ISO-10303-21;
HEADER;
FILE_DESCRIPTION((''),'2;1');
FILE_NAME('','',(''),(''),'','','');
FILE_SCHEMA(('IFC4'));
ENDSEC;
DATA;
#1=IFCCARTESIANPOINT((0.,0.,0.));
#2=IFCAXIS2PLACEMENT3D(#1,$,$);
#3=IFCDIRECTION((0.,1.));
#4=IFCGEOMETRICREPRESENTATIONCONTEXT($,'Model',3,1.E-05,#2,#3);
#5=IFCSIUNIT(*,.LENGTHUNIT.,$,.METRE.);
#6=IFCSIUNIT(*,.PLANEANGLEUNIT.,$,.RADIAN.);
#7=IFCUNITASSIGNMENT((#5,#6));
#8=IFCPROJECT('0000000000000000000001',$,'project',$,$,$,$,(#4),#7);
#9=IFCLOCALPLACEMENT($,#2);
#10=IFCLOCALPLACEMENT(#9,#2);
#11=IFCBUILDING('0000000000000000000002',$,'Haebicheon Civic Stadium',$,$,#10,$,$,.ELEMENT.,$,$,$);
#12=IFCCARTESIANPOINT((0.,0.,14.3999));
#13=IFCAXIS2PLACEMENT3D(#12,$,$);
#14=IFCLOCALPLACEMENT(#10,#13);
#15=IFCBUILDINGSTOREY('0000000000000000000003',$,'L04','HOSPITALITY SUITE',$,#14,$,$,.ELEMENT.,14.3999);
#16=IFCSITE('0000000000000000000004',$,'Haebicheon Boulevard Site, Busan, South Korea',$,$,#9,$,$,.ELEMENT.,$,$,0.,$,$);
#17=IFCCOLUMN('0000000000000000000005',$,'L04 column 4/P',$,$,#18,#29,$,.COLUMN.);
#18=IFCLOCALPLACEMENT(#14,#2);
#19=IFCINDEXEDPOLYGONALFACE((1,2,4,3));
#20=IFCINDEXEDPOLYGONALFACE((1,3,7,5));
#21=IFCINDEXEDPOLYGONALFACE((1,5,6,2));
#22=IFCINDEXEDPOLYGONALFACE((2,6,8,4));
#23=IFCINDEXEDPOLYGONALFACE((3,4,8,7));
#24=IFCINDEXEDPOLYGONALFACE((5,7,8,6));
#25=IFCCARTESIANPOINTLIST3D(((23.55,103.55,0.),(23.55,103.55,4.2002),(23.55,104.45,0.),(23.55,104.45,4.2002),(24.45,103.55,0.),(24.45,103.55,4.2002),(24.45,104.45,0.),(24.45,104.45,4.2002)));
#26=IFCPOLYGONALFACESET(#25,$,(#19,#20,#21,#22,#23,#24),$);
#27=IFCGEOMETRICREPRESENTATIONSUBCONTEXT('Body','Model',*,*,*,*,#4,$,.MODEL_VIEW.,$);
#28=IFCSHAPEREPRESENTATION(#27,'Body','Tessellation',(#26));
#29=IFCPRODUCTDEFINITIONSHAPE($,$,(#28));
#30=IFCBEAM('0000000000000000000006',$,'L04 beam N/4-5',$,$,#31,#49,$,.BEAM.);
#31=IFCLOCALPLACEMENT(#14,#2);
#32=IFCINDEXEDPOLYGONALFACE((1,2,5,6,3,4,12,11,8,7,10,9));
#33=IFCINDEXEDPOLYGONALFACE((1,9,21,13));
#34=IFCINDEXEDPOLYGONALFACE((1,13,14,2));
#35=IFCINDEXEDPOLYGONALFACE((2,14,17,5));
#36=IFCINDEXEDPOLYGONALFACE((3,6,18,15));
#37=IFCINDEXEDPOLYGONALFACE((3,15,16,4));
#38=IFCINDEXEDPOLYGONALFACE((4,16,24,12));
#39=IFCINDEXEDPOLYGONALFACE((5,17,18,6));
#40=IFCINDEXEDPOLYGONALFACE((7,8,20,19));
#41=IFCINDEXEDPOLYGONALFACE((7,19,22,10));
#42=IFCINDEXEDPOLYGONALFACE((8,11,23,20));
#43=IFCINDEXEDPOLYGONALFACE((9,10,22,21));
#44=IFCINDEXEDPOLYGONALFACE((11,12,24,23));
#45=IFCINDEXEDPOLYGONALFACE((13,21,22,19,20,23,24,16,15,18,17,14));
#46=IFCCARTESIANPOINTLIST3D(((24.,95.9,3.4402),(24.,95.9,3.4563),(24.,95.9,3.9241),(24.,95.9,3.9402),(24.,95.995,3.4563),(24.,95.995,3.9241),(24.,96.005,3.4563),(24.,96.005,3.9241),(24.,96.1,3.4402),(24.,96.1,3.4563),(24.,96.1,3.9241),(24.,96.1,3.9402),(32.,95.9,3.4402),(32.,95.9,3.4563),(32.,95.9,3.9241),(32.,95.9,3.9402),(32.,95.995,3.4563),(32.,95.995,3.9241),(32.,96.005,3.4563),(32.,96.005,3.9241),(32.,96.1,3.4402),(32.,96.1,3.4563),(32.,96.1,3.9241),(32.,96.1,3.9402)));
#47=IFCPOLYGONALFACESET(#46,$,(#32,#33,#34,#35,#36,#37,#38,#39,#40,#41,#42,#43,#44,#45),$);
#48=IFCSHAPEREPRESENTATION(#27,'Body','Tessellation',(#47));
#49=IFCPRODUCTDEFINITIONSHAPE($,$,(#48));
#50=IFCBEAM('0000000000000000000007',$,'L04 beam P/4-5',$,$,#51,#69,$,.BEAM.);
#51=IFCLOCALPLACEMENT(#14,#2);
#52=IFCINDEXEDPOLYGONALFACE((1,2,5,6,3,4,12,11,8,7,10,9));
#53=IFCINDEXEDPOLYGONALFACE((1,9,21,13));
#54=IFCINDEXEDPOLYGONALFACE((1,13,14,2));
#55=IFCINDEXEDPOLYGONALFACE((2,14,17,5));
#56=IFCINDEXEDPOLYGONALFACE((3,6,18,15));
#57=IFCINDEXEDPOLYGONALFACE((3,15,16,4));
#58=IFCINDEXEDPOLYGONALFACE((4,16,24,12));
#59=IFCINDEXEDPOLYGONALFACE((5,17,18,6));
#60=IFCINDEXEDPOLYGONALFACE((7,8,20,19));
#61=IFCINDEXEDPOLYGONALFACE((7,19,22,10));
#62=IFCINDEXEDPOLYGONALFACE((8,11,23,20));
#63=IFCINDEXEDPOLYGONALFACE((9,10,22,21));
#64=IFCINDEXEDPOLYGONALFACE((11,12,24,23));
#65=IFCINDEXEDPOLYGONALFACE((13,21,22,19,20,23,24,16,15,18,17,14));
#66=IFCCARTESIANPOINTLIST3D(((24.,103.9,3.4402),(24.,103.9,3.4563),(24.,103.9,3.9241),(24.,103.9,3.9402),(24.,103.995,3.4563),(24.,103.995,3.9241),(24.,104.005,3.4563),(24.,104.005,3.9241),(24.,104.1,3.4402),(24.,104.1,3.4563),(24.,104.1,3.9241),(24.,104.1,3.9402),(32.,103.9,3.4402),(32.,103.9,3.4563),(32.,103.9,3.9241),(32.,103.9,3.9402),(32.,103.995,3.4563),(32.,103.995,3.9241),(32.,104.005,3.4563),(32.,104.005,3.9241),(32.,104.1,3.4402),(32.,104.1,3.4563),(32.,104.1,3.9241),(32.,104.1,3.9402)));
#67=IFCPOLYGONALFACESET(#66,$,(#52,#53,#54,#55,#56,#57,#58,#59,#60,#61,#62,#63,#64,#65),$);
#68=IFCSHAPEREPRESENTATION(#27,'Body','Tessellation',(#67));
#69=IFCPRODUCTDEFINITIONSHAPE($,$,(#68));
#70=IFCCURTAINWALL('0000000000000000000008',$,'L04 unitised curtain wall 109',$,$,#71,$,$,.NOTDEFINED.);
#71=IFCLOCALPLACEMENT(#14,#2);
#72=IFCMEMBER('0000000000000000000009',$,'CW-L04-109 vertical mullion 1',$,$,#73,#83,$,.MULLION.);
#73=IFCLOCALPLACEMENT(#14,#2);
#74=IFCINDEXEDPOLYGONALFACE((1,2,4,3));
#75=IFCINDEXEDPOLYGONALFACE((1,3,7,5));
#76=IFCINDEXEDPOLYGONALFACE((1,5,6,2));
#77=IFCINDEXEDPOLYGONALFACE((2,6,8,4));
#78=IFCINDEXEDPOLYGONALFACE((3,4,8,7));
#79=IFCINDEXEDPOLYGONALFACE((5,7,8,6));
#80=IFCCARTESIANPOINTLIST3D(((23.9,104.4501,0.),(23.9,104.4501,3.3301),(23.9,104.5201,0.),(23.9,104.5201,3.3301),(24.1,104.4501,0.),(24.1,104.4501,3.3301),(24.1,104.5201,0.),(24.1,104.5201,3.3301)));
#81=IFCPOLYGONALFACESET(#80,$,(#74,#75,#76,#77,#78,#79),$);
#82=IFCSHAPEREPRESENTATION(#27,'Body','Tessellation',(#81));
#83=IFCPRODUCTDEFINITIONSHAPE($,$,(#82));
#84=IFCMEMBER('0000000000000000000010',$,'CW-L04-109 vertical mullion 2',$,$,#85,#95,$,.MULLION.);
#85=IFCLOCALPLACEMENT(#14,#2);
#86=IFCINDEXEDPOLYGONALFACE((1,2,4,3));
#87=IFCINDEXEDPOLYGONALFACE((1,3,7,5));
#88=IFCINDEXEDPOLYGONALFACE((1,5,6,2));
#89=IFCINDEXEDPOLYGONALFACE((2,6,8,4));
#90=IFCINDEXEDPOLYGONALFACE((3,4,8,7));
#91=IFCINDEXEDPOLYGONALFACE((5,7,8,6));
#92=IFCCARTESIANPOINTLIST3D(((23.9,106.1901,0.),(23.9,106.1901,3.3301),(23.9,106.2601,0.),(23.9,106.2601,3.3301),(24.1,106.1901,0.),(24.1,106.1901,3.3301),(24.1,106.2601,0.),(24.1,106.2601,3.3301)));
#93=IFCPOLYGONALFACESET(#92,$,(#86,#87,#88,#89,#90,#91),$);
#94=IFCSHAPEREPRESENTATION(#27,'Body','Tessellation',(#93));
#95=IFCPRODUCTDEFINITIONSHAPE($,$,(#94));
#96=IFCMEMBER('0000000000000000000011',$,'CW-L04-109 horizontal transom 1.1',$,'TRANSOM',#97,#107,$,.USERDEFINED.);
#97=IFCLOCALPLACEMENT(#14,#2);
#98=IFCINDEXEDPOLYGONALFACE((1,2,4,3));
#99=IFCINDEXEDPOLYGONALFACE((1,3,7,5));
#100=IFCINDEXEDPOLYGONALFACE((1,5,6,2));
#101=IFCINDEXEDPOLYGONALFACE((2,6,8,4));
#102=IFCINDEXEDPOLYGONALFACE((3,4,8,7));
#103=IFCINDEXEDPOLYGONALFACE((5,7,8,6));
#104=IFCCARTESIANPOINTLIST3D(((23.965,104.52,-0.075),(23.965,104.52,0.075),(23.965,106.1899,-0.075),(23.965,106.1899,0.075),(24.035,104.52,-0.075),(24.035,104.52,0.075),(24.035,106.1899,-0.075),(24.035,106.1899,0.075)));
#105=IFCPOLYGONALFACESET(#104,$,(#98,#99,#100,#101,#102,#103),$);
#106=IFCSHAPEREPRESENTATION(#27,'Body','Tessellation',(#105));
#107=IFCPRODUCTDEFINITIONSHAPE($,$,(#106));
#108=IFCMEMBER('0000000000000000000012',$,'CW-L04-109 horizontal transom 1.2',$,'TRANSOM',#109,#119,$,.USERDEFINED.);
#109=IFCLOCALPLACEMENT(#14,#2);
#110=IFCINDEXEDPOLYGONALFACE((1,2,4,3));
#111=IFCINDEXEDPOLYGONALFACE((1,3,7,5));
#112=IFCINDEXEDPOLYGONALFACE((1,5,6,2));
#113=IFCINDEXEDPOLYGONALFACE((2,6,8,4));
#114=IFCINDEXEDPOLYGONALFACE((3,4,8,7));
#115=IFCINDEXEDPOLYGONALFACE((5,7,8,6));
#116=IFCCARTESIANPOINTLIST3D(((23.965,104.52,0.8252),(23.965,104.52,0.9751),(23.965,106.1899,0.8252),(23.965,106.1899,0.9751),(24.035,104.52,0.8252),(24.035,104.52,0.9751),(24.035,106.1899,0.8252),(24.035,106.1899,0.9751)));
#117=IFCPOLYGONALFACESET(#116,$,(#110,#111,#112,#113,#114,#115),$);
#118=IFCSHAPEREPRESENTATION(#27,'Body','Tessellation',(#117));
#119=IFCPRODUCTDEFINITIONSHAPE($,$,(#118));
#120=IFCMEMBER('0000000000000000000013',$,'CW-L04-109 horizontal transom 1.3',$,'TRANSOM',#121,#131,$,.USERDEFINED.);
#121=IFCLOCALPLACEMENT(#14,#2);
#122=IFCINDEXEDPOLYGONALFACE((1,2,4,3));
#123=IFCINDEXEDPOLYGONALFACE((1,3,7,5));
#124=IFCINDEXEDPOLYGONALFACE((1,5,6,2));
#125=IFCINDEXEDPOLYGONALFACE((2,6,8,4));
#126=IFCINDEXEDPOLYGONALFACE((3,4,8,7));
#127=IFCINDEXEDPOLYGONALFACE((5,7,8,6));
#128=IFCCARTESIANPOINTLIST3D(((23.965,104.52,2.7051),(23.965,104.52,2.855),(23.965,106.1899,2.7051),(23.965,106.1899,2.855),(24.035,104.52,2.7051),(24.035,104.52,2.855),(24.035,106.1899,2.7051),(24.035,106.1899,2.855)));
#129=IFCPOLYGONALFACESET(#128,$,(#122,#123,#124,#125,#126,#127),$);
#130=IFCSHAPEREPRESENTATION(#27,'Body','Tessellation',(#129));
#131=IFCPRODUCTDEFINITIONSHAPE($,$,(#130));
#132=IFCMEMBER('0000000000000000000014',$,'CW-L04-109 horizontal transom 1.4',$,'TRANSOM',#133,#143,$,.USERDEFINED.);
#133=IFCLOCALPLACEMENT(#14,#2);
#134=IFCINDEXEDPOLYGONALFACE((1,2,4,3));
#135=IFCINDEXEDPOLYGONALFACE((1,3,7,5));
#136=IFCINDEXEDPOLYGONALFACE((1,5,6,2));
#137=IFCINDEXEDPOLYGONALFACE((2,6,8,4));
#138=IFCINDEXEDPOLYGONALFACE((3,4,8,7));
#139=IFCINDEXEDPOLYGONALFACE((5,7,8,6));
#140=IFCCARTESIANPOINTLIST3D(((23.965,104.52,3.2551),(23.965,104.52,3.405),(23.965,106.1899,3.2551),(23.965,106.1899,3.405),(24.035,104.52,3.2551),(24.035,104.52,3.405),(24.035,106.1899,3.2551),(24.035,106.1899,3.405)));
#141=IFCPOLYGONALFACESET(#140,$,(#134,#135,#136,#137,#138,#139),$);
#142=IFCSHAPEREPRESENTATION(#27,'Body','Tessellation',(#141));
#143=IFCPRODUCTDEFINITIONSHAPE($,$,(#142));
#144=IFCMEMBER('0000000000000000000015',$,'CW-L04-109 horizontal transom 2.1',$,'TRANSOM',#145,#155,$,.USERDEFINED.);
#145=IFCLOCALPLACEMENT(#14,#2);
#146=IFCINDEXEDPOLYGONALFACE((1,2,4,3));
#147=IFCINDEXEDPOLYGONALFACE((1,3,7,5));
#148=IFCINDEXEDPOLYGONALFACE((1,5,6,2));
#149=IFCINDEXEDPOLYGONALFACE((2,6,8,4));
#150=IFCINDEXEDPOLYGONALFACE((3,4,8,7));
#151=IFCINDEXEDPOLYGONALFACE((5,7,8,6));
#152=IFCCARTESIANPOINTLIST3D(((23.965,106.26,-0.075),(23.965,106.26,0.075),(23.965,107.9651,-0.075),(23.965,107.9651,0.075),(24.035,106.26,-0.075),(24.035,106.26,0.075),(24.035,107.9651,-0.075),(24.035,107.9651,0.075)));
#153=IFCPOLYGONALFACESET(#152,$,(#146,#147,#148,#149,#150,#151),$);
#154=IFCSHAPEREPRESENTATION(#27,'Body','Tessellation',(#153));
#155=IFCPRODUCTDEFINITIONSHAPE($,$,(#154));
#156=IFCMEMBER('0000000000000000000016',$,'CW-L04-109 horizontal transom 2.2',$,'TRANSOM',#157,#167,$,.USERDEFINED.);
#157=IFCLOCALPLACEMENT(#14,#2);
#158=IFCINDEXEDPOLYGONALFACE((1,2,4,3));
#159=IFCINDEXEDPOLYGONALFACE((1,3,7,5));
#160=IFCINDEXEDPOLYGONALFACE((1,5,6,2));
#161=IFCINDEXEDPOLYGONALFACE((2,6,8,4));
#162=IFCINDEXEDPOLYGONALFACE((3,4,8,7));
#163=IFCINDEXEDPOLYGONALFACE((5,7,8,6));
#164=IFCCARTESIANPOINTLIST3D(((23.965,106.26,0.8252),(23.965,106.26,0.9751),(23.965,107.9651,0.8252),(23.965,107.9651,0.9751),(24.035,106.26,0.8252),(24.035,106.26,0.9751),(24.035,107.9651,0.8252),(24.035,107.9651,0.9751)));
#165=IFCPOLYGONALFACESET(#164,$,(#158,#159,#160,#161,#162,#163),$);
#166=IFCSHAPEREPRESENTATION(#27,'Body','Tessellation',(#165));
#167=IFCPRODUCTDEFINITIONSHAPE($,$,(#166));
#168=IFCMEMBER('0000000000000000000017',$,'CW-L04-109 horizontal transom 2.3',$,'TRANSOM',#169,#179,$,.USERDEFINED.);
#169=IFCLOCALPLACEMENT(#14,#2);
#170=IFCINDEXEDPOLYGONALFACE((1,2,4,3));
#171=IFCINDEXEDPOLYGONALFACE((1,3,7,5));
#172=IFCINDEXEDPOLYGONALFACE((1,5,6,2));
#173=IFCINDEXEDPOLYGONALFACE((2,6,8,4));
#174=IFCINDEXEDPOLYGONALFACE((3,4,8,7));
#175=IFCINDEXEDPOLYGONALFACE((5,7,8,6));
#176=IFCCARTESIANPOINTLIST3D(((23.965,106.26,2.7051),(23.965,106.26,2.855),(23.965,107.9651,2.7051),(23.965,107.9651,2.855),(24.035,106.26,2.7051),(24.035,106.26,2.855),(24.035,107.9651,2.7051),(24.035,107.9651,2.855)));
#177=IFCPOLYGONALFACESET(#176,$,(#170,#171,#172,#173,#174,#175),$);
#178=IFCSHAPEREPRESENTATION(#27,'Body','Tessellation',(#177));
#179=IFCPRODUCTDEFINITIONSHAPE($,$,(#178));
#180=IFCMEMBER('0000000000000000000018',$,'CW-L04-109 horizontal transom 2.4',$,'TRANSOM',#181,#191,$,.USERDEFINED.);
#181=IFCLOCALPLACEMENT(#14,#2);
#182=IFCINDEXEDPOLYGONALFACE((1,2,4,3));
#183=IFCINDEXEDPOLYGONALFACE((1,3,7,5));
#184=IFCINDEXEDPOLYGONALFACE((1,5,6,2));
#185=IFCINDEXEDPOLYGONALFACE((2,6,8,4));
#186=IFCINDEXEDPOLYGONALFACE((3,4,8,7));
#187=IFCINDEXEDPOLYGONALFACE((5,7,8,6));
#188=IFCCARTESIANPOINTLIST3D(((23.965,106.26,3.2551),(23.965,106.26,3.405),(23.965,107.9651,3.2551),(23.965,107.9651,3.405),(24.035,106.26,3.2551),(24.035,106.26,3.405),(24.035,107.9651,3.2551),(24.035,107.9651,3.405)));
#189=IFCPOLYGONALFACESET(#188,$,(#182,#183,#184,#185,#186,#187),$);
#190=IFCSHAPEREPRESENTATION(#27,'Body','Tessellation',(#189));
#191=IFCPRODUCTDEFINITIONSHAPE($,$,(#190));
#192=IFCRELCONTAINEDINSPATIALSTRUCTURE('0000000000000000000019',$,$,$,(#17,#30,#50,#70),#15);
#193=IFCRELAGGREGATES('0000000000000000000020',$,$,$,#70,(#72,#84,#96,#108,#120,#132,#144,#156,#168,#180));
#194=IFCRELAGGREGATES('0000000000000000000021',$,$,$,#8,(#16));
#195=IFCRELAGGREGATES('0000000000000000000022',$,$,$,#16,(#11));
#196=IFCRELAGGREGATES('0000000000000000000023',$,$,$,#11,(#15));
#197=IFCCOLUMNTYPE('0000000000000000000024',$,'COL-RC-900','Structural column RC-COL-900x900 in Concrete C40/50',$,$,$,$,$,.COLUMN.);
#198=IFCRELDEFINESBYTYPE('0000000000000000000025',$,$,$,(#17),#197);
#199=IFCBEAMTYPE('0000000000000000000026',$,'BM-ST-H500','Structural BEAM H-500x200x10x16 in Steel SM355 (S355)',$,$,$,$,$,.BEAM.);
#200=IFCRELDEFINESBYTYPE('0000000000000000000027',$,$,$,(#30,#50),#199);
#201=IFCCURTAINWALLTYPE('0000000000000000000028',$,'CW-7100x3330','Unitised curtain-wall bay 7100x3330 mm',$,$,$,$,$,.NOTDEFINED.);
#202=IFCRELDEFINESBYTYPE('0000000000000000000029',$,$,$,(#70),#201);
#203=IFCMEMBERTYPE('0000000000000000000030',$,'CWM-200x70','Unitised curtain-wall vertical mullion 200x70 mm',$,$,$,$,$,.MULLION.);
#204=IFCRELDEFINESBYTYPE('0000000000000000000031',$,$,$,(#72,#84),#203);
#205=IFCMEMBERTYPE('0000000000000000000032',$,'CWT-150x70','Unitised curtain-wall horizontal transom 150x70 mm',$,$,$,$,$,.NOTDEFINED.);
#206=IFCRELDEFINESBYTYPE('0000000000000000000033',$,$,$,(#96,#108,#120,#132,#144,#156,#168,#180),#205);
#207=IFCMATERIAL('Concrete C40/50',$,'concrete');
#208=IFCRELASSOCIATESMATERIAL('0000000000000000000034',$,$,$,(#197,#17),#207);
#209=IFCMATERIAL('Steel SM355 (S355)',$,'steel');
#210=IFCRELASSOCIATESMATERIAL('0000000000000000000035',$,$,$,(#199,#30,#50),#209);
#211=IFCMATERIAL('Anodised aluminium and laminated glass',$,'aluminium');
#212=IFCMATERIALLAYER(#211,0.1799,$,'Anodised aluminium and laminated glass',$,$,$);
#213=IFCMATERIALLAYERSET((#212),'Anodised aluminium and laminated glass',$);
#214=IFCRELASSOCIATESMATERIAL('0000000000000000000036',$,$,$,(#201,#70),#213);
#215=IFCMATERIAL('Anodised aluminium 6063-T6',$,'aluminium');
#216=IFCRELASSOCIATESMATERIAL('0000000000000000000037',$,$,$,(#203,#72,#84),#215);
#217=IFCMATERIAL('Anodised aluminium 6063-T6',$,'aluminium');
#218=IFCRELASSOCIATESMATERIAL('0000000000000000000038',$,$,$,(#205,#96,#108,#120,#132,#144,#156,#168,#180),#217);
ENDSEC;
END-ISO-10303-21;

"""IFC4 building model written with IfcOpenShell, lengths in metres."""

from ifc_helpers import new_model, si_unit, direction, frame, origin, origin_2d, place, context, subcontext, project, spatial, rectangle, i_section, extrude, material, layer, layer_set, material_profile, profile_set, type_object, element, aggregate, save


model = new_model("IFC4")

# Units and contexts
model_context = context("Model", 3, precision=1e-05, world=origin(), true_north=direction((0.0, 1.0)))
body_context = subcontext(model_context, "Body", "Model", "MODEL_VIEW")
ifc_project = project(units=[si_unit("LENGTHUNIT", "METRE"), si_unit("PLANEANGLEUNIT", "RADIAN")], contexts=[model_context])

# Site, building, storey
site_placement = place(None, origin())
site = spatial("IfcSite", under=ifc_project, at=site_placement, Name="Haebicheon Boulevard Site, Busan, South Korea", CompositionType="ELEMENT", RefElevation=0.0)
building_placement = place(site_placement, origin())
building = spatial("IfcBuilding", under=site, at=building_placement, Name="Haebicheon Civic Stadium", CompositionType="ELEMENT")
storey_placement = place(building_placement, frame((0.0, 0.0, 14.3999)))
storey = spatial("IfcBuildingStorey", under=building, at=storey_placement, Name="L04", Description="HOSPITALITY SUITE", CompositionType="ELEMENT", Elevation=14.3999)

# Column
ifc_material_1 = material(Name="Concrete C40/50", Category="concrete")
ifc_material_profile_1 = material_profile(ifc_material_1, rectangle(XDim=0.8999, YDim=0.8999, at=origin_2d()), Name="RC-COL-900x900")
ifc_profile_set_1 = profile_set([ifc_material_profile_1], Name="Concrete C40/50")
column_type = type_object("IfcColumnType", Name="COL-RC-900", Description="Structural column RC-COL-900x900 in Concrete C40/50", PredefinedType="COLUMN", material=ifc_profile_set_1)
column_placement = place(storey_placement, frame((24.0, 104.0, 0.0), z_axis=(0.0, 0.0, 1.0), x_axis=(1.0, 0.0, 0.0)))
element("IfcColumn", 1, at=column_placement, inside=storey, type_object=column_type, material=ifc_profile_set_1, Name="L04 column 4/P", PredefinedType="COLUMN", context=body_context, shape_type="SweptSolid", body=[
    extrude(rectangle(XDim=0.8999, YDim=0.8999, at=origin_2d()), origin(), (0.0, 0.0, 1.0), 4.2002),
])

# Beams
ifc_material_2 = material(Name="Steel SM355 (S355)", Category="steel")
ifc_material_profile_2 = material_profile(ifc_material_2, i_section(OverallWidth=0.2, OverallDepth=0.5, WebThickness=0.01, FlangeThickness=0.0161, at=origin_2d()), Name="H-500x200x10x16")
ifc_profile_set_2 = profile_set([ifc_material_profile_2], Name="Steel SM355 (S355)")
beam_type_1 = type_object("IfcBeamType", Name="BM-ST-H500", Description="Structural BEAM H-500x200x10x16 in Steel SM355 (S355)", PredefinedType="BEAM", material=ifc_profile_set_2)
for number, where, z_axis, x_axis, name in (
    (2, (24.0, 96.0, 3.6902), (1.0, 0.0, 0.0), (0.0, 1.0, 0.0), "L04 beam N/4-5"),
    (3, (24.0, 104.0, 3.6902), (1.0, 0.0, 0.0), (0.0, 1.0, 0.0), "L04 beam P/4-5"),
):
    element("IfcBeam", number, at=place(storey_placement, frame(where, z_axis=z_axis, x_axis=x_axis)), inside=storey, type_object=beam_type_1, material=ifc_profile_set_2, Name=name, PredefinedType="BEAM", context=body_context, shape_type="SweptSolid", body=[
        extrude(i_section(OverallWidth=0.2, OverallDepth=0.5, WebThickness=0.01, FlangeThickness=0.0161, at=origin_2d()), origin(), (0.0, 0.0, 1.0), 8.0),
    ])

# Curtain wall, members
ifc_material_3 = material(Name="Anodised aluminium and laminated glass", Category="aluminium")
ifc_layer_1 = layer(ifc_material_3, 0.1799, Name="Anodised aluminium and laminated glass")
ifc_layer_set_1 = layer_set([ifc_layer_1], Name="Anodised aluminium and laminated glass")
curtain_wall_type = type_object("IfcCurtainWallType", Name="CW-7100x3330", Description="Unitised curtain-wall bay 7100x3330 mm", PredefinedType="NOTDEFINED", material=ifc_layer_set_1)
curtain_wall_placement = place(storey_placement, origin())
curtain_wall = element("IfcCurtainWall", 4, at=curtain_wall_placement, inside=storey, type_object=curtain_wall_type, material=ifc_layer_set_1, Name="L04 unitised curtain wall 109", PredefinedType="NOTDEFINED")
ifc_material_4 = material(Name="Anodised aluminium 6063-T6", Category="aluminium")
ifc_material_profile_3 = material_profile(ifc_material_4, rectangle(XDim=0.0701, YDim=0.2, at=origin_2d()), Name="ALU-MULL-70x200")
ifc_profile_set_3 = profile_set([ifc_material_profile_3], Name="Anodised aluminium 6063-T6")
member_type_1 = type_object("IfcMemberType", Name="CWM-200x70", Description="Unitised curtain-wall vertical mullion 200x70 mm", PredefinedType="MULLION", material=ifc_profile_set_3)
member_1_placement = place(storey_placement, frame((24.0, 104.4851, 0.0), z_axis=(0.0, 0.0, 1.0), x_axis=(0.0, 1.0, 0.0)))
member_1 = element("IfcMember", 5, at=member_1_placement, type_object=member_type_1, material=ifc_profile_set_3, Name="CW-L04-109 vertical mullion 1", PredefinedType="MULLION", context=body_context, shape_type="SweptSolid", body=[
    extrude(rectangle(XDim=0.0701, YDim=0.2, at=origin_2d()), origin(), (0.0, 0.0, 1.0), 3.3301),
])
member_2_placement = place(storey_placement, frame((24.0, 106.2251, 0.0), z_axis=(0.0, 0.0, 1.0), x_axis=(0.0, 1.0, 0.0)))
member_2 = element("IfcMember", 6, at=member_2_placement, type_object=member_type_1, material=ifc_profile_set_3, Name="CW-L04-109 vertical mullion 2", PredefinedType="MULLION", context=body_context, shape_type="SweptSolid", body=[
    extrude(rectangle(XDim=0.0701, YDim=0.2, at=origin_2d()), origin(), (0.0, 0.0, 1.0), 3.3301),
])
ifc_material_5 = material(Name="Anodised aluminium 6063-T6", Category="aluminium")
ifc_material_profile_4 = material_profile(ifc_material_5, rectangle(XDim=0.0701, YDim=0.1499, at=origin_2d()), Name="ALU-TRAN-70x150")
ifc_profile_set_4 = profile_set([ifc_material_profile_4], Name="Anodised aluminium 6063-T6")
member_type_2 = type_object("IfcMemberType", Name="CWT-150x70", Description="Unitised curtain-wall horizontal transom 150x70 mm", PredefinedType="NOTDEFINED", material=ifc_profile_set_4)
member_3_placement = place(storey_placement, frame((24.0, 104.52, 0.0), z_axis=(0.0, 1.0, 0.0), x_axis=(-1.0, 0.0, 0.0)))
member_3 = element("IfcMember", 7, at=member_3_placement, type_object=member_type_2, material=ifc_profile_set_4, Name="CW-L04-109 horizontal transom 1.1", ObjectType="TRANSOM", PredefinedType="USERDEFINED", context=body_context, shape_type="SweptSolid", body=[
    extrude(rectangle(XDim=0.0701, YDim=0.1499, at=origin_2d()), origin(), (0.0, 0.0, 1.0), 1.6699),
])
member_4_placement = place(storey_placement, frame((24.0, 104.52, 0.9001), z_axis=(0.0, 1.0, 0.0), x_axis=(-1.0, 0.0, 0.0)))
member_4 = element("IfcMember", 8, at=member_4_placement, type_object=member_type_2, material=ifc_profile_set_4, Name="CW-L04-109 horizontal transom 1.2", ObjectType="TRANSOM", PredefinedType="USERDEFINED", context=body_context, shape_type="SweptSolid", body=[
    extrude(rectangle(XDim=0.0701, YDim=0.1499, at=origin_2d()), origin(), (0.0, 0.0, 1.0), 1.6699),
])
member_5_placement = place(storey_placement, frame((24.0, 104.52, 2.78), z_axis=(0.0, 1.0, 0.0), x_axis=(-1.0, 0.0, 0.0)))
member_5 = element("IfcMember", 9, at=member_5_placement, type_object=member_type_2, material=ifc_profile_set_4, Name="CW-L04-109 horizontal transom 1.3", ObjectType="TRANSOM", PredefinedType="USERDEFINED", context=body_context, shape_type="SweptSolid", body=[
    extrude(rectangle(XDim=0.0701, YDim=0.1499, at=origin_2d()), origin(), (0.0, 0.0, 1.0), 1.6699),
])
member_6_placement = place(storey_placement, frame((24.0, 104.52, 3.3301), z_axis=(0.0, 1.0, 0.0), x_axis=(-1.0, 0.0, 0.0)))
member_6 = element("IfcMember", 10, at=member_6_placement, type_object=member_type_2, material=ifc_profile_set_4, Name="CW-L04-109 horizontal transom 1.4", ObjectType="TRANSOM", PredefinedType="USERDEFINED", context=body_context, shape_type="SweptSolid", body=[
    extrude(rectangle(XDim=0.0701, YDim=0.1499, at=origin_2d()), origin(), (0.0, 0.0, 1.0), 1.6699),
])
member_7_placement = place(storey_placement, frame((24.0, 106.26, 0.0), z_axis=(0.0, 1.0, 0.0), x_axis=(-1.0, 0.0, 0.0)))
member_7 = element("IfcMember", 11, at=member_7_placement, type_object=member_type_2, material=ifc_profile_set_4, Name="CW-L04-109 horizontal transom 2.1", ObjectType="TRANSOM", PredefinedType="USERDEFINED", context=body_context, shape_type="SweptSolid", body=[
    extrude(rectangle(XDim=0.0701, YDim=0.1499, at=origin_2d()), origin(), (0.0, 0.0, 1.0), 1.7051),
])
member_8_placement = place(storey_placement, frame((24.0, 106.26, 0.9001), z_axis=(0.0, 1.0, 0.0), x_axis=(-1.0, 0.0, 0.0)))
member_8 = element("IfcMember", 12, at=member_8_placement, type_object=member_type_2, material=ifc_profile_set_4, Name="CW-L04-109 horizontal transom 2.2", ObjectType="TRANSOM", PredefinedType="USERDEFINED", context=body_context, shape_type="SweptSolid", body=[
    extrude(rectangle(XDim=0.0701, YDim=0.1499, at=origin_2d()), origin(), (0.0, 0.0, 1.0), 1.7051),
])
member_9_placement = place(storey_placement, frame((24.0, 106.26, 2.78), z_axis=(0.0, 1.0, 0.0), x_axis=(-1.0, 0.0, 0.0)))
member_9 = element("IfcMember", 13, at=member_9_placement, type_object=member_type_2, material=ifc_profile_set_4, Name="CW-L04-109 horizontal transom 2.3", ObjectType="TRANSOM", PredefinedType="USERDEFINED", context=body_context, shape_type="SweptSolid", body=[
    extrude(rectangle(XDim=0.0701, YDim=0.1499, at=origin_2d()), origin(), (0.0, 0.0, 1.0), 1.7051),
])
member_10_placement = place(storey_placement, frame((24.0, 106.26, 3.3301), z_axis=(0.0, 1.0, 0.0), x_axis=(-1.0, 0.0, 0.0)))
member_10 = element("IfcMember", 14, at=member_10_placement, type_object=member_type_2, material=ifc_profile_set_4, Name="CW-L04-109 horizontal transom 2.4", ObjectType="TRANSOM", PredefinedType="USERDEFINED", context=body_context, shape_type="SweptSolid", body=[
    extrude(rectangle(XDim=0.0701, YDim=0.1499, at=origin_2d()), origin(), (0.0, 0.0, 1.0), 1.7051),
])

aggregate(curtain_wall, [member_1, member_2, member_3, member_4, member_5, member_6, member_7, member_8, member_9, member_10])

save(model, "model.ifc")
